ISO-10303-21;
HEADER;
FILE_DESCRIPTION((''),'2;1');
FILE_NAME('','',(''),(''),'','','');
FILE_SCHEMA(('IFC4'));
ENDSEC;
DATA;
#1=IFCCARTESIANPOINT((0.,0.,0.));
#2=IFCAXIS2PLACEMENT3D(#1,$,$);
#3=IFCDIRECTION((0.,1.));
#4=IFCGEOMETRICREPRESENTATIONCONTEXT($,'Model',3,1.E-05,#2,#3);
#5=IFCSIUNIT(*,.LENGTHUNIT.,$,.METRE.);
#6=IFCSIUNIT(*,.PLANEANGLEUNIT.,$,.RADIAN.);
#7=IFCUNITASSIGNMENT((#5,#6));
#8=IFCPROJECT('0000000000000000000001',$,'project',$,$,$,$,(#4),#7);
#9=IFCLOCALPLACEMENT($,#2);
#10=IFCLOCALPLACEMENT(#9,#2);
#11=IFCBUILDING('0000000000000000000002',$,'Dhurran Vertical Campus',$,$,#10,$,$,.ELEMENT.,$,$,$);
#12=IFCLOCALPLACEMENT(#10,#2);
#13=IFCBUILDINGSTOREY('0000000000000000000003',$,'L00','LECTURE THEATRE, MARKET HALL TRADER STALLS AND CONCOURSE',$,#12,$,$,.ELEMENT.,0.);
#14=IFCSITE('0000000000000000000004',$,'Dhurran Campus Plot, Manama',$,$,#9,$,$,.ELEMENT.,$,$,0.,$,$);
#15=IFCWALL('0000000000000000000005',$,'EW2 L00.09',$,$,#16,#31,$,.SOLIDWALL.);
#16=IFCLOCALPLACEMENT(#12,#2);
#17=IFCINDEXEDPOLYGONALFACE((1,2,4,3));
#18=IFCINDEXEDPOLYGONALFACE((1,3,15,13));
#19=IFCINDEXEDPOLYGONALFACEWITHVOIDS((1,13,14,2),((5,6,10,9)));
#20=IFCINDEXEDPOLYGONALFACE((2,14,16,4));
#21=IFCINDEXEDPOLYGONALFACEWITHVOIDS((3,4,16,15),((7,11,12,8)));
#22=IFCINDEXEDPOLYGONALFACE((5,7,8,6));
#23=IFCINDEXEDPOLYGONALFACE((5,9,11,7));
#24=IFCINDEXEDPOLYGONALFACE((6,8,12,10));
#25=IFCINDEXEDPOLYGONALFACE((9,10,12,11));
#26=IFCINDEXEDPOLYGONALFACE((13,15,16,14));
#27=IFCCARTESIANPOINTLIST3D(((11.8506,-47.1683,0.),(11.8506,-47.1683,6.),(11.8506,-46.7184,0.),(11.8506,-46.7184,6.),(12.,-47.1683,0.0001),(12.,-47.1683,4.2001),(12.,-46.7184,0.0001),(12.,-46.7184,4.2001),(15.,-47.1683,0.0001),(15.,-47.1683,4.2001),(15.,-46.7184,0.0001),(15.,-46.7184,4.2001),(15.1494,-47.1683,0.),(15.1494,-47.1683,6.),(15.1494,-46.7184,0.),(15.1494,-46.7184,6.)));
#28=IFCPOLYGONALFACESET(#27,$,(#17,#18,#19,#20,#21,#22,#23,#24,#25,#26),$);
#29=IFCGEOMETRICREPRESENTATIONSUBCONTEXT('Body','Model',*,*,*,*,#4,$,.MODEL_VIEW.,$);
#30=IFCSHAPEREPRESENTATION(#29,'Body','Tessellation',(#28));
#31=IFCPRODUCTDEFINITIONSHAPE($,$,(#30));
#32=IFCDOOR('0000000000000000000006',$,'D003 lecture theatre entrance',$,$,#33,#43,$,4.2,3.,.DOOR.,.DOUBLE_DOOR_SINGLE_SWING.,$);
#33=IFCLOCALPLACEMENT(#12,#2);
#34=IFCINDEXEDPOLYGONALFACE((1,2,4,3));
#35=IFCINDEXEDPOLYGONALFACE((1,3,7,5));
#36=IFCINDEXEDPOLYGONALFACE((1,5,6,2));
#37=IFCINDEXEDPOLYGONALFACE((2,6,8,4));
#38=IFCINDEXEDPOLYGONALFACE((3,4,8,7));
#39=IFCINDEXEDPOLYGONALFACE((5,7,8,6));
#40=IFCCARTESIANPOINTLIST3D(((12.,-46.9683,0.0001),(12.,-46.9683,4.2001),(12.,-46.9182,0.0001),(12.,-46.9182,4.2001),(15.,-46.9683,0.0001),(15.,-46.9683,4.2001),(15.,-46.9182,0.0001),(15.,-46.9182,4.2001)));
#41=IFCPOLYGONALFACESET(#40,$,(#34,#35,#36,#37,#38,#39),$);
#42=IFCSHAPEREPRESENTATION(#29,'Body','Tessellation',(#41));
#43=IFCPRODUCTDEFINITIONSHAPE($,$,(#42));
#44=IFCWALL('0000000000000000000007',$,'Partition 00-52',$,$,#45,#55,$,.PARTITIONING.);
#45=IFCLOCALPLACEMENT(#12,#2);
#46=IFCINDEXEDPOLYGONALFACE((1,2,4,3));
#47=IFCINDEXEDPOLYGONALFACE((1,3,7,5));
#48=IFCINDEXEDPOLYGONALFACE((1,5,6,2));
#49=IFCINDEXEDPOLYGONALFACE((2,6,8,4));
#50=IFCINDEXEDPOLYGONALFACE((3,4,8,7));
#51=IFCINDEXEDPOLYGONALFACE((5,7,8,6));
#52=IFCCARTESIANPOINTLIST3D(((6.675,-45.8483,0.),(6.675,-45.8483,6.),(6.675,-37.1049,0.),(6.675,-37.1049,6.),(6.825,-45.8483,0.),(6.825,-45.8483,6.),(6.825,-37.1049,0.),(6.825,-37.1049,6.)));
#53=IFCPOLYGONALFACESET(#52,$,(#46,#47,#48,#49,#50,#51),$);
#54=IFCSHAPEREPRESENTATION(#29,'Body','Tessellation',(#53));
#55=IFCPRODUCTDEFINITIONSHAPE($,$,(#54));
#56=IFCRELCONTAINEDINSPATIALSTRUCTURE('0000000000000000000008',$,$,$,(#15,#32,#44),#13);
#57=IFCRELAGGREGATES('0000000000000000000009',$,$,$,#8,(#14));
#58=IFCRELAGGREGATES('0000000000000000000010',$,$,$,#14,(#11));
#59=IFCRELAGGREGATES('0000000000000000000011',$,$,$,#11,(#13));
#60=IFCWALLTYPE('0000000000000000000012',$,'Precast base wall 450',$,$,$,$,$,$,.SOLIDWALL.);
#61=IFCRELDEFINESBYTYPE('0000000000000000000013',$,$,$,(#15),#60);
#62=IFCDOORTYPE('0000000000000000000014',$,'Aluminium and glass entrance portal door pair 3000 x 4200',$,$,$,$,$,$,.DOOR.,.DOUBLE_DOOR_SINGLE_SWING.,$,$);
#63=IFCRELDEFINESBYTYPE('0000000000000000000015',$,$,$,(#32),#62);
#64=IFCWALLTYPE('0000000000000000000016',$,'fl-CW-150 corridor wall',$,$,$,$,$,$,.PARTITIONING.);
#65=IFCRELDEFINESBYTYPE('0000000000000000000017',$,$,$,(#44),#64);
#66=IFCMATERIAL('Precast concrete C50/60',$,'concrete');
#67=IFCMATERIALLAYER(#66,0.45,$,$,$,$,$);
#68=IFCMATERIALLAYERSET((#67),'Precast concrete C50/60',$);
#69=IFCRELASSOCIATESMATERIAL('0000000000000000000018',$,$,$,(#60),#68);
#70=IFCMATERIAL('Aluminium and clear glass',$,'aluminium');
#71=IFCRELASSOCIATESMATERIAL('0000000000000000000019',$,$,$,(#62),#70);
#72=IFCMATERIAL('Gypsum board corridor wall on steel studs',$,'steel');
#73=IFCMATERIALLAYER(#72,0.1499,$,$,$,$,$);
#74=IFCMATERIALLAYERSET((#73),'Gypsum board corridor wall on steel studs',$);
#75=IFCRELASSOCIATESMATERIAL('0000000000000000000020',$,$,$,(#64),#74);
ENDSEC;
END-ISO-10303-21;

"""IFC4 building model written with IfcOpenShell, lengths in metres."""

from ifc_helpers import new_model, si_unit, direction, frame, frame_2d, origin, place, context, subcontext, project, spatial, rectangle, extrude, material, layer, layer_set, type_object, element, fill, save


model = new_model("IFC4")

# Units and contexts
model_context = context("Model", 3, precision=1e-05, world=origin(), true_north=direction((0.0, 1.0)))
body_context = subcontext(model_context, "Body", "Model", "MODEL_VIEW")
ifc_project = project(units=[si_unit("LENGTHUNIT", "METRE"), si_unit("PLANEANGLEUNIT", "RADIAN")], contexts=[model_context])

# Site, building, storey
site_placement = place(None, origin())
site = spatial("IfcSite", under=ifc_project, at=site_placement, Name="Dhurran Campus Plot, Manama", CompositionType="ELEMENT", RefElevation=0.0)
building_placement = place(site_placement, origin())
building = spatial("IfcBuilding", under=site, at=building_placement, Name="Dhurran Vertical Campus", CompositionType="ELEMENT")
storey_placement = place(building_placement, origin())
storey = spatial("IfcBuildingStorey", under=building, at=storey_placement, Name="L00", Description="LECTURE THEATRE, MARKET HALL TRADER STALLS AND CONCOURSE", CompositionType="ELEMENT", Elevation=0.0)

# Wall, opening, door
ifc_material_1 = material(Name="Precast concrete C50/60", Category="concrete")
ifc_layer_1 = layer(ifc_material_1, 0.45)
ifc_layer_set_1 = layer_set([ifc_layer_1], Name="Precast concrete C50/60")
wall_type_1 = type_object("IfcWallType", Name="Precast base wall 450", PredefinedType="SOLIDWALL", material=ifc_layer_set_1)
wall_1_placement = place(storey_placement, frame((15.1494, -46.9434, 0.0), z_axis=(0.0, 0.0, 1.0), x_axis=(-1.0, 0.0, 0.0)))
wall_1 = element("IfcWall", 1, at=wall_1_placement, inside=storey, type_object=wall_type_1, Name="EW2 L00.09", PredefinedType="SOLIDWALL", context=body_context, shape_type="SweptSolid", body=[
    extrude(rectangle(XDim=3.2988, YDim=0.45, at=frame_2d((1.6494, 0.0))), origin(), (0.0, 0.0, 1.0), 6.0),
])
opening_placement = place(wall_1_placement, frame((0.1494, 0.0, 0.0)))
opening = element("IfcOpeningElement", 2, at=opening_placement, cuts=wall_1, PredefinedType="OPENING", context=body_context, shape_type="SweptSolid", body=[
    extrude(rectangle(XDim=3.0, YDim=4.2, at=frame_2d((1.5, 2.1001))), frame((0.0, 0.2349, 0.0), z_axis=(0.0, -1.0, 0.0), x_axis=(1.0, 0.0, 0.0)), (0.0, 0.0, 1.0), 0.47),
])
ifc_material_2 = material(Name="Aluminium and clear glass", Category="aluminium")
door_type = type_object("IfcDoorType", Name="Aluminium and glass entrance portal door pair 3000 x 4200", OperationType="DOUBLE_DOOR_SINGLE_SWING", PredefinedType="DOOR", material=ifc_material_2)
door_placement = place(opening_placement, origin())
door = element("IfcDoor", 3, at=door_placement, inside=storey, type_object=door_type, Name="D003 lecture theatre entrance", OperationType="DOUBLE_DOOR_SINGLE_SWING", OverallHeight=4.2, OverallWidth=3.0, PredefinedType="DOOR", context=body_context, shape_type="SweptSolid", body=[
    extrude(rectangle(XDim=3.0, YDim=4.2, at=frame_2d((1.5, 2.1001))), frame((0.0, 0.0249, 0.0), z_axis=(0.0, -1.0, 0.0), x_axis=(1.0, 0.0, 0.0)), (0.0, 0.0, 1.0), 0.05),
])
fill(opening, door)

# Wall
ifc_material_3 = material(Name="Gypsum board corridor wall on steel studs", Category="steel")
ifc_layer_2 = layer(ifc_material_3, 0.1499)
ifc_layer_set_2 = layer_set([ifc_layer_2], Name="Gypsum board corridor wall on steel studs")
wall_type_2 = type_object("IfcWallType", Name="fl-CW-150 corridor wall", PredefinedType="PARTITIONING", material=ifc_layer_set_2)
wall_2_placement = place(storey_placement, frame((6.75, -37.105, 0.0), z_axis=(0.0, 0.0, 1.0), x_axis=(0.0, -1.0, 0.0)))
element("IfcWall", 4, at=wall_2_placement, inside=storey, type_object=wall_type_2, Name="Partition 00-52", PredefinedType="PARTITIONING", context=body_context, shape_type="SweptSolid", body=[
    extrude(rectangle(XDim=8.7434, YDim=0.1499, at=frame_2d((4.3716, 0.0))), origin(), (0.0, 0.0, 1.0), 6.0),
])

save(model, "model.ifc")
